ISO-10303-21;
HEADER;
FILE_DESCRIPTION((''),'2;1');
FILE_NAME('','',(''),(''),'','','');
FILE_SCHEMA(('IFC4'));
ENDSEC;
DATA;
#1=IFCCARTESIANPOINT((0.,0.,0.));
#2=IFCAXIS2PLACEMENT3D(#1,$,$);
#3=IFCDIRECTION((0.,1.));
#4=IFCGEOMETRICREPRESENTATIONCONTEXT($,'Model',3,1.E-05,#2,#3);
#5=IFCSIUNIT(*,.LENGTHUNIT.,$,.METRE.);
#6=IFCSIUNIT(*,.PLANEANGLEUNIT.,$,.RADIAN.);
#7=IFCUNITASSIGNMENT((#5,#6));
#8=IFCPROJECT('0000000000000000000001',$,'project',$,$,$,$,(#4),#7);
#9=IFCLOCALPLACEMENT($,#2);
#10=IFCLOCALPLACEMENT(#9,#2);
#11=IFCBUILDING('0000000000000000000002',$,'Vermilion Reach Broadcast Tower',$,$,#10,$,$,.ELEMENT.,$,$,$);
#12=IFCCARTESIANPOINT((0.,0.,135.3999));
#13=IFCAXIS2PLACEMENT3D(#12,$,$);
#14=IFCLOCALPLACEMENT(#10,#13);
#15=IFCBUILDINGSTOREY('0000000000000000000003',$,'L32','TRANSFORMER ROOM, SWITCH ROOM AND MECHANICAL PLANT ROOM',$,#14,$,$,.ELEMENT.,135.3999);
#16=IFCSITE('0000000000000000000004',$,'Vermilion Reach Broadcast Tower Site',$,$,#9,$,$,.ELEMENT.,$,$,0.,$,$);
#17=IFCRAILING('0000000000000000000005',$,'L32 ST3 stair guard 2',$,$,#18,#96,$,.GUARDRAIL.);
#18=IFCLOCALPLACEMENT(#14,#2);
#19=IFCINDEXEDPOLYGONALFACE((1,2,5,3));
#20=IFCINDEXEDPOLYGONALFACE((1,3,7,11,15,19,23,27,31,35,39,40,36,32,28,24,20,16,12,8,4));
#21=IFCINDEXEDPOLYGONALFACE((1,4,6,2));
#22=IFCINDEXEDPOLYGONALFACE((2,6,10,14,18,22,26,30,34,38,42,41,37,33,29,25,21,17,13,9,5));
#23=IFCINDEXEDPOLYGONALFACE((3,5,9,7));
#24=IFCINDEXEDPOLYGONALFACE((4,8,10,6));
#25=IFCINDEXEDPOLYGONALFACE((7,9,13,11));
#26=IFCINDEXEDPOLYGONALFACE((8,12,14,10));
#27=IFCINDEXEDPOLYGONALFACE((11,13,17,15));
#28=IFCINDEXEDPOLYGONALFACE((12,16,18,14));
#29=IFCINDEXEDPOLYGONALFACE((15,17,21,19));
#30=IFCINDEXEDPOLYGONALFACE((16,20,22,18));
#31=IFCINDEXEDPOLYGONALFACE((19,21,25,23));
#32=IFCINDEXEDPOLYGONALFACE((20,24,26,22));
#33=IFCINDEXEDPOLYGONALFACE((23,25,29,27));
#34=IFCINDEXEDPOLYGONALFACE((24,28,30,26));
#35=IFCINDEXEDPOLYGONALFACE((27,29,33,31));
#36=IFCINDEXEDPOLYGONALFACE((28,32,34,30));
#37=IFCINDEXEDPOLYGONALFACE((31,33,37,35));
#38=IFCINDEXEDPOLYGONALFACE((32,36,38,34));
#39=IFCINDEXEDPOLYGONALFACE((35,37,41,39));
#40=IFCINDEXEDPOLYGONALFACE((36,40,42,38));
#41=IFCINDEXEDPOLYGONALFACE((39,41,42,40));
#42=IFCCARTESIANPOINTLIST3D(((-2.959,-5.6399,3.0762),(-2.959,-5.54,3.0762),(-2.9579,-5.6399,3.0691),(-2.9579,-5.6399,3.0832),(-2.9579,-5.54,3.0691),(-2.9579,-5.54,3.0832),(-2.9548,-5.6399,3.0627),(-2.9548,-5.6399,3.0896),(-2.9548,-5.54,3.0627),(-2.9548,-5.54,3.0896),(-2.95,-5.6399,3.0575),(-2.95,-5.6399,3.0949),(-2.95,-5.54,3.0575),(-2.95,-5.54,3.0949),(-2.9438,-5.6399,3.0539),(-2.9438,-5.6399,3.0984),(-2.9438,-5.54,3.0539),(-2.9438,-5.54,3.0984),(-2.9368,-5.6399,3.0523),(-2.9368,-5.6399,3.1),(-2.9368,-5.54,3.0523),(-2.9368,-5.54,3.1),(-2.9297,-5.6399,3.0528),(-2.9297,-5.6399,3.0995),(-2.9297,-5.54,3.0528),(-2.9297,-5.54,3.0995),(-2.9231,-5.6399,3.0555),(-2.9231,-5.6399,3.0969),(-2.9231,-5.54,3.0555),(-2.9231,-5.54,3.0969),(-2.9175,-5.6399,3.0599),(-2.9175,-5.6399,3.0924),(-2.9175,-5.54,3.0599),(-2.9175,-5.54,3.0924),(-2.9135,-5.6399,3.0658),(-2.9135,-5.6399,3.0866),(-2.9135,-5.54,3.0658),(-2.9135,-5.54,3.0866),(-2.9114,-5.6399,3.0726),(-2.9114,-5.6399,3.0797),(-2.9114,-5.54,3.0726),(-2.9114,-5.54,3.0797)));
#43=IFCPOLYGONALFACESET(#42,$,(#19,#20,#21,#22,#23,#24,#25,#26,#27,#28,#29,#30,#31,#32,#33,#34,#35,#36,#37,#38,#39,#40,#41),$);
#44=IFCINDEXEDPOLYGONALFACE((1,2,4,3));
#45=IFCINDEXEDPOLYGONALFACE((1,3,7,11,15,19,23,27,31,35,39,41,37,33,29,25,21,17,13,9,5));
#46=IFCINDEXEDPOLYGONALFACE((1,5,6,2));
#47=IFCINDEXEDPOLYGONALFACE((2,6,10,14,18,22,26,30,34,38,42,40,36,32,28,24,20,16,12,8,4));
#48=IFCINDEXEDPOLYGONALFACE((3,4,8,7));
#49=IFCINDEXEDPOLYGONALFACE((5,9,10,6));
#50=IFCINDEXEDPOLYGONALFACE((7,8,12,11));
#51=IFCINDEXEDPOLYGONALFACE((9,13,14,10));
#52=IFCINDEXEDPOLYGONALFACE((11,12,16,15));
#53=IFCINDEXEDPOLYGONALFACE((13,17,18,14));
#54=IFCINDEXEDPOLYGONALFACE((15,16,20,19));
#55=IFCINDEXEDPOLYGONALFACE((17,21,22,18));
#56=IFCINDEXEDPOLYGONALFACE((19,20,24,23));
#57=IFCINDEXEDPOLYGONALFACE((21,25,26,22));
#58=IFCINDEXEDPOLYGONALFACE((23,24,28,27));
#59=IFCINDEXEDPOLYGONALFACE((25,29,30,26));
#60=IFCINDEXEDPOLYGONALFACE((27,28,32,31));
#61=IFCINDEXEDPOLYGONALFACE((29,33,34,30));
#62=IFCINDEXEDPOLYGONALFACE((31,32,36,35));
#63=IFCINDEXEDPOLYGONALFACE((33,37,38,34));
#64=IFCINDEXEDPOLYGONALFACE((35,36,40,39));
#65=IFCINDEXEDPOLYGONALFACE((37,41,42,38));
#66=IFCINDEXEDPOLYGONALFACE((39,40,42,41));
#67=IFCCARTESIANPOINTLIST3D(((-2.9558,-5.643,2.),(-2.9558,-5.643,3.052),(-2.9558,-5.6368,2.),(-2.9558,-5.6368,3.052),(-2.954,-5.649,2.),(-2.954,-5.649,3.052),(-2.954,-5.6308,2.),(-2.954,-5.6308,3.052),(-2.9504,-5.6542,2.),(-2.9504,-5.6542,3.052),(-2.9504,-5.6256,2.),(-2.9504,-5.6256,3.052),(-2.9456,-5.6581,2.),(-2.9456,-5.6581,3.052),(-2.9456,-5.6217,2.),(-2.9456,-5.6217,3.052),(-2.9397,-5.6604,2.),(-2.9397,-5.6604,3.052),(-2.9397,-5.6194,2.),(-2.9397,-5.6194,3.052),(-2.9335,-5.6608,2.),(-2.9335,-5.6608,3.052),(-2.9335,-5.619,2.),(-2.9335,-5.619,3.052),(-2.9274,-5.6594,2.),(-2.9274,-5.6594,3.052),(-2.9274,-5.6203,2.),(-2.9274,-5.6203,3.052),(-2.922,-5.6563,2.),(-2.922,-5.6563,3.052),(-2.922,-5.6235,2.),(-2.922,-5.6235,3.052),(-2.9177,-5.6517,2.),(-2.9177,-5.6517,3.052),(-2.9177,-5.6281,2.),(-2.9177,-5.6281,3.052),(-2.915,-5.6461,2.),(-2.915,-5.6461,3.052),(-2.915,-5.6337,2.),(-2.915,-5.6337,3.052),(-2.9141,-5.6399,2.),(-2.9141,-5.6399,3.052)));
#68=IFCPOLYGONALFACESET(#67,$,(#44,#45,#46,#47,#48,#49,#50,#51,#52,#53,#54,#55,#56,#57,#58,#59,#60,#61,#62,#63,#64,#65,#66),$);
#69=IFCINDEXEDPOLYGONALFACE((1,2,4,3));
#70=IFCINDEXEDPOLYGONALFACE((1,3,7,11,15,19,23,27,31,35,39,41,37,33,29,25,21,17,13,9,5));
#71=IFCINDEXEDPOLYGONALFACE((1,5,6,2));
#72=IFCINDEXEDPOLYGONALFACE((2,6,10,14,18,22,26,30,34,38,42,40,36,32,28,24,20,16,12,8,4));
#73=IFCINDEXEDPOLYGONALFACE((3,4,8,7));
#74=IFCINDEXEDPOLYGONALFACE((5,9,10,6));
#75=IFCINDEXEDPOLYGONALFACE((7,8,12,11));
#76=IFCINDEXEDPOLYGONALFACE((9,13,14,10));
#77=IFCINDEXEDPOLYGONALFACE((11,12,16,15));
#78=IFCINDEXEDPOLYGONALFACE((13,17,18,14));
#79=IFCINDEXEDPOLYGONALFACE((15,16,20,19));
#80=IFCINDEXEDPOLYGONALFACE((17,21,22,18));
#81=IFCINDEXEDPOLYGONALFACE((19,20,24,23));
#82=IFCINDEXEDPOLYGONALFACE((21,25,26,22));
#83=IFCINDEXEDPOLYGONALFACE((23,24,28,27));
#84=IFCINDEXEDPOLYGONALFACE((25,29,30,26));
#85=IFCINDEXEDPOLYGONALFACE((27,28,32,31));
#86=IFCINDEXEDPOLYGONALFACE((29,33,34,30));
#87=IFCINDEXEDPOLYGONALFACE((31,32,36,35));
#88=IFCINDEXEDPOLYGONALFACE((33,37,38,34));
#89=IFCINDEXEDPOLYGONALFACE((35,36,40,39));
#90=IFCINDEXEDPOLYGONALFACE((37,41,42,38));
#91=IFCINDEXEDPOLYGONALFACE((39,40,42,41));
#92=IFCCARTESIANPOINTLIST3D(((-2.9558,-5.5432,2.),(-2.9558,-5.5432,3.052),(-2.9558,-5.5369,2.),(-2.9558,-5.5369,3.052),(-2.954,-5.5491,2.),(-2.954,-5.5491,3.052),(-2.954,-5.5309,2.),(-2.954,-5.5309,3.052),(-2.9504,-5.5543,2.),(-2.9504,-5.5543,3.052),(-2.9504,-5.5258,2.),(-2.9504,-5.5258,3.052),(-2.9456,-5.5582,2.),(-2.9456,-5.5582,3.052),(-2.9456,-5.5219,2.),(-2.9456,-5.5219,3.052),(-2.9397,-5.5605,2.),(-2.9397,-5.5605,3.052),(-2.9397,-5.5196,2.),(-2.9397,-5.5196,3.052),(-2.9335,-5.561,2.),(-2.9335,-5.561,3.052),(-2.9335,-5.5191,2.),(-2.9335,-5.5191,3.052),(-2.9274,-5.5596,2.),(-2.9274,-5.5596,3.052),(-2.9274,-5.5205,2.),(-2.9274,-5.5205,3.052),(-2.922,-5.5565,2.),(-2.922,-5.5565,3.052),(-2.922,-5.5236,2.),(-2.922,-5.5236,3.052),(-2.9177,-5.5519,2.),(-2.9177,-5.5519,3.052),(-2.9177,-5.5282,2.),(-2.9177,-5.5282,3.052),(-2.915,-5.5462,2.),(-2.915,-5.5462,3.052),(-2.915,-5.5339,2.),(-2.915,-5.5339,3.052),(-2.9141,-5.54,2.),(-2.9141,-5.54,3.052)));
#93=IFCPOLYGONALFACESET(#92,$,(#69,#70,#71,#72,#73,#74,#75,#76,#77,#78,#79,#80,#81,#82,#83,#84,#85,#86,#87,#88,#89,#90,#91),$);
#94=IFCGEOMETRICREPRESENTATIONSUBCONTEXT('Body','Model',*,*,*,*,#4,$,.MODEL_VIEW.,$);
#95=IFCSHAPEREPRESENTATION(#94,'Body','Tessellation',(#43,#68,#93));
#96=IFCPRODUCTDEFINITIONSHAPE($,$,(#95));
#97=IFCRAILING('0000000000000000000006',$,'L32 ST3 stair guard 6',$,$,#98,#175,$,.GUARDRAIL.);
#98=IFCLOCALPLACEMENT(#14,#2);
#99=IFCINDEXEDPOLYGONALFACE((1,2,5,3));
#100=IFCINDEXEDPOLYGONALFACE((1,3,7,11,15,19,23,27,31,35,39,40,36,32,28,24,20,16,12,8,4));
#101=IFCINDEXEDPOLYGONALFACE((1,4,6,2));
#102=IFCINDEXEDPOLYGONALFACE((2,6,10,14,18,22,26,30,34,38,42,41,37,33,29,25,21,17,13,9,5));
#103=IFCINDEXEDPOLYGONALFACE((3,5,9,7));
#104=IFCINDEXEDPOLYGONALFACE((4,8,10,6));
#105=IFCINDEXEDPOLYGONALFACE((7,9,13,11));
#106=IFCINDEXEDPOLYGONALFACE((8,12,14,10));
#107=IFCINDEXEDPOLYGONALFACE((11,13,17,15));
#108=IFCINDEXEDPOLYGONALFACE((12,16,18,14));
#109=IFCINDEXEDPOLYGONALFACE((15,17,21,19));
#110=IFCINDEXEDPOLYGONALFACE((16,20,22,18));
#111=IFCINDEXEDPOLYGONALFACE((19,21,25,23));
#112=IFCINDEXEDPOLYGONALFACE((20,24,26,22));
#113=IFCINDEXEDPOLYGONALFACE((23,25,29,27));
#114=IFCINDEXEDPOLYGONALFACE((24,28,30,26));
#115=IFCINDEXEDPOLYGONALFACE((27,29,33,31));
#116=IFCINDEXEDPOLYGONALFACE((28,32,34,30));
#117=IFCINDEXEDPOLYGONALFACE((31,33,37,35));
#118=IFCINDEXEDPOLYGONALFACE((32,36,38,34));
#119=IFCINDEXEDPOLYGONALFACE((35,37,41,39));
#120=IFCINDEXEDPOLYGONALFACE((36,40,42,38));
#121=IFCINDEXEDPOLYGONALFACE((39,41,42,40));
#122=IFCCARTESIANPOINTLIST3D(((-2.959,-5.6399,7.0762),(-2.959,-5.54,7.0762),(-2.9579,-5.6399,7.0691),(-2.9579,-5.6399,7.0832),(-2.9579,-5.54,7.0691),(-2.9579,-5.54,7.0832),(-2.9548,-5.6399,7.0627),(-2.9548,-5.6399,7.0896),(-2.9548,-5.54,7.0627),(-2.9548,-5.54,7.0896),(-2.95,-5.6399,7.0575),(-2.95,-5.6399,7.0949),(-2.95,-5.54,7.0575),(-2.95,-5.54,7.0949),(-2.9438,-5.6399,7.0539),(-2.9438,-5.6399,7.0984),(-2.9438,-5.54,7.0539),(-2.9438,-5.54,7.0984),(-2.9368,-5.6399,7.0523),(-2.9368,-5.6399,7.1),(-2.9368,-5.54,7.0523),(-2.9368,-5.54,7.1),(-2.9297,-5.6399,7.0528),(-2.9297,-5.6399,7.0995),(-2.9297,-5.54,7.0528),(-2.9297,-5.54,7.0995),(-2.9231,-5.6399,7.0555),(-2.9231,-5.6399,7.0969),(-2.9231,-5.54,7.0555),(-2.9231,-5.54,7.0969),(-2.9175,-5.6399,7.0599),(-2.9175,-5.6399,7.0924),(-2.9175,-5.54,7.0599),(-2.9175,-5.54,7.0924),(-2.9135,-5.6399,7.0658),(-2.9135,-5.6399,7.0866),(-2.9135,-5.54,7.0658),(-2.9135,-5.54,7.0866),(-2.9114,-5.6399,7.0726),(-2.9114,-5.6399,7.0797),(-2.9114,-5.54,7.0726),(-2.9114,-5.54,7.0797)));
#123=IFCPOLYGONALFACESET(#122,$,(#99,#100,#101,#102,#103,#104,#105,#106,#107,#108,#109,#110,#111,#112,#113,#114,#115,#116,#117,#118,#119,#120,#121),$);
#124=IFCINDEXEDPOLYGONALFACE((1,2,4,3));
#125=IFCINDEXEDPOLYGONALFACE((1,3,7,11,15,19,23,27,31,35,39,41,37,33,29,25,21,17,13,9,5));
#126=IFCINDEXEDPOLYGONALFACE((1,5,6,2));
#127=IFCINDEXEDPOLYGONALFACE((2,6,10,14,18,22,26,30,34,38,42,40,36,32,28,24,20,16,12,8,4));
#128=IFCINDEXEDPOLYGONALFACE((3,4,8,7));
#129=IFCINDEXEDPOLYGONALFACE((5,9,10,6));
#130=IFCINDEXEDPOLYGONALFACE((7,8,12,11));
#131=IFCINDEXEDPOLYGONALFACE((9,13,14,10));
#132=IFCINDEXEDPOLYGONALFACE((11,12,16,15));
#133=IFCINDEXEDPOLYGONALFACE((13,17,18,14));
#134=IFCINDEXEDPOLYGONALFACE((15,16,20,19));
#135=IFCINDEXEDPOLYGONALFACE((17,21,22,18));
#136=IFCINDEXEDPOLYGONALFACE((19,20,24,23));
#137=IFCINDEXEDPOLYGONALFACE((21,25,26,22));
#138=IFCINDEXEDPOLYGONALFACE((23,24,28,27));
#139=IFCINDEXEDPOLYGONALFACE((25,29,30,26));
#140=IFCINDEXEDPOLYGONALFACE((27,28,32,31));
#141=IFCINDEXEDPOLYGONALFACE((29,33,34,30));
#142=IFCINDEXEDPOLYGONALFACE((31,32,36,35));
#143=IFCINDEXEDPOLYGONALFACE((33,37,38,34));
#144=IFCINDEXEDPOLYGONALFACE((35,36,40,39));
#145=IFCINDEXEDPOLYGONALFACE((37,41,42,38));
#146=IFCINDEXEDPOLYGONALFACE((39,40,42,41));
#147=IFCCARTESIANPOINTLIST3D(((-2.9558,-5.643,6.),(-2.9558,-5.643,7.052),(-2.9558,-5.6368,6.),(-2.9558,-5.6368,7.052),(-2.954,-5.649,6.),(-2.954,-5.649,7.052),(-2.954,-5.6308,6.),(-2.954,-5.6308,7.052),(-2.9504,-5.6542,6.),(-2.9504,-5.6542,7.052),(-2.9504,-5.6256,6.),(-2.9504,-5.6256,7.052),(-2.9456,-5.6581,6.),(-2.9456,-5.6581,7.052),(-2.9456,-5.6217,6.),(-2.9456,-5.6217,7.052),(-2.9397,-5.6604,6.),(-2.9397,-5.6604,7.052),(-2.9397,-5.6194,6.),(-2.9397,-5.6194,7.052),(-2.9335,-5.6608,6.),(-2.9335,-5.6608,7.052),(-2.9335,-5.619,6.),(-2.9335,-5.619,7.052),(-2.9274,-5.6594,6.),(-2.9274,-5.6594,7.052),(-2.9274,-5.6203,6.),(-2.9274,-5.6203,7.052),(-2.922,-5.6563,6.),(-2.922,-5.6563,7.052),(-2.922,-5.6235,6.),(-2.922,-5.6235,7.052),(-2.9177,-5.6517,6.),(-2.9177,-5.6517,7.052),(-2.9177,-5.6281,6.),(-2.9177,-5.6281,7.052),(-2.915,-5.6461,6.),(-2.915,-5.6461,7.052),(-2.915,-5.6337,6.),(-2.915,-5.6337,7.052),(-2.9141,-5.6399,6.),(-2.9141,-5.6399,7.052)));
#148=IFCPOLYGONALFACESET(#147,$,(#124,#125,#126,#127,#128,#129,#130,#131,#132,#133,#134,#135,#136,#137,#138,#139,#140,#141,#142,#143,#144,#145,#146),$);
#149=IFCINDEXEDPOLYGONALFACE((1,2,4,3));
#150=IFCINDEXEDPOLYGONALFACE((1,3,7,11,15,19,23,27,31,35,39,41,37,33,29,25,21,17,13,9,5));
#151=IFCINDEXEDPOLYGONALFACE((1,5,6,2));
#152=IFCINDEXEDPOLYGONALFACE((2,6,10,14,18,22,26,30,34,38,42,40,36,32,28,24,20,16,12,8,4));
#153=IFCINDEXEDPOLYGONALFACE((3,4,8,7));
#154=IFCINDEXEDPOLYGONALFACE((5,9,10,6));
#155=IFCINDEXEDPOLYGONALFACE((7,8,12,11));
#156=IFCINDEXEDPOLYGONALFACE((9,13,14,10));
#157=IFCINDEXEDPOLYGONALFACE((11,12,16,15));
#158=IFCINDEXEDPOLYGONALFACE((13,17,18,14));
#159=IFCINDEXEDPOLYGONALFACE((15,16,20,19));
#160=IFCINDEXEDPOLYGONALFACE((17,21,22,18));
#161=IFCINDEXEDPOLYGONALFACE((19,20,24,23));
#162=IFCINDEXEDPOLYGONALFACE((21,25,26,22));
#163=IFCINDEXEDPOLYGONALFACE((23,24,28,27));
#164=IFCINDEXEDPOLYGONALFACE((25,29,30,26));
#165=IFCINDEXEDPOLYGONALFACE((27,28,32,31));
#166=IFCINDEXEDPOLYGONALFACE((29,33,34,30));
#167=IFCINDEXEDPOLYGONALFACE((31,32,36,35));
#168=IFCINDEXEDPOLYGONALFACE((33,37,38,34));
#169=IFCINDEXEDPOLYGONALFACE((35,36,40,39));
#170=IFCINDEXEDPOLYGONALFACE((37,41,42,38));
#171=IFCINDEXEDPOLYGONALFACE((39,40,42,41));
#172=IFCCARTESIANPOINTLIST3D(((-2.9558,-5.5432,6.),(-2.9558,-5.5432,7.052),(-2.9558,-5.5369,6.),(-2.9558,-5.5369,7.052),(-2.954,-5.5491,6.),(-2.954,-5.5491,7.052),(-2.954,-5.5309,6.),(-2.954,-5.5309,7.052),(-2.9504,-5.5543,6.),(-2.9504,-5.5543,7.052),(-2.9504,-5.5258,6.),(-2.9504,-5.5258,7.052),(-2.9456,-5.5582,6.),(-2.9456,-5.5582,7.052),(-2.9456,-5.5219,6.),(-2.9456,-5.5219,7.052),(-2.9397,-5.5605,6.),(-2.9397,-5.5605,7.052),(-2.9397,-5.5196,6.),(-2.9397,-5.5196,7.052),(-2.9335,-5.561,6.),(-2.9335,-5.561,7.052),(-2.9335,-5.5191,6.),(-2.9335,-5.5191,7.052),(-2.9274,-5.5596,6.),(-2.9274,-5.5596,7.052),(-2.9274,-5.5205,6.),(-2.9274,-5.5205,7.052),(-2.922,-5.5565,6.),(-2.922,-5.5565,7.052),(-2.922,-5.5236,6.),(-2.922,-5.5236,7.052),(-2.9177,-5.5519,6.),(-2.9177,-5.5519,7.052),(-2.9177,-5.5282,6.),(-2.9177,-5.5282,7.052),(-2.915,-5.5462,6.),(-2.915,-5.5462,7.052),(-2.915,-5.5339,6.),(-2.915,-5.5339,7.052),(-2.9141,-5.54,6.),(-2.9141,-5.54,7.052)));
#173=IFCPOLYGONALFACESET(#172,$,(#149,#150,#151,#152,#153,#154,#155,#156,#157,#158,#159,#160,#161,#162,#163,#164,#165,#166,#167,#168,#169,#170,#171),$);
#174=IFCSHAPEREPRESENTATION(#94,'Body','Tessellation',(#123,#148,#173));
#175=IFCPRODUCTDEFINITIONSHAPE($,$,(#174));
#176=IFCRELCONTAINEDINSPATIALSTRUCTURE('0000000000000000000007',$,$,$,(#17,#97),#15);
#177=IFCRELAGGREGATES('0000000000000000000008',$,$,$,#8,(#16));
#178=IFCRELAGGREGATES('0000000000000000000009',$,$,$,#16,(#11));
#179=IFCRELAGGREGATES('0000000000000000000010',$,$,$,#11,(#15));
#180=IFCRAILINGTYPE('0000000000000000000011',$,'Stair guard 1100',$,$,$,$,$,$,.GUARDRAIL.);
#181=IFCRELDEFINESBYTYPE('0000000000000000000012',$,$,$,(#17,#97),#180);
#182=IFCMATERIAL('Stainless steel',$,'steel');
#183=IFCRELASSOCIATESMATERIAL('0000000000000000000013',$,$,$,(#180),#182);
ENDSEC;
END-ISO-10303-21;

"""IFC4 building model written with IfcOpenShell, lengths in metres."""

from ifc_helpers import new_model, si_unit, direction, frame, origin, origin_2d, place, context, subcontext, project, spatial, circle, extrude, material, type_object, element, save


model = new_model("IFC4")

# Units and contexts
model_context = context("Model", 3, precision=1e-05, world=origin(), true_north=direction((0.0, 1.0)))
body_context = subcontext(model_context, "Body", "Model", "MODEL_VIEW")
ifc_project = project(units=[si_unit("LENGTHUNIT", "METRE"), si_unit("PLANEANGLEUNIT", "RADIAN")], contexts=[model_context])

# Site, building, storey
site_placement = place(None, origin())
site = spatial("IfcSite", under=ifc_project, at=site_placement, Name="Vermilion Reach Broadcast Tower Site", CompositionType="ELEMENT", RefElevation=0.0)
building_placement = place(site_placement, origin())
building = spatial("IfcBuilding", under=site, at=building_placement, Name="Vermilion Reach Broadcast Tower", CompositionType="ELEMENT")
storey_placement = place(building_placement, frame((0.0, 0.0, 135.3999)))
storey = spatial("IfcBuildingStorey", under=building, at=storey_placement, Name="L32", Description="TRANSFORMER ROOM, SWITCH ROOM AND MECHANICAL PLANT ROOM", CompositionType="ELEMENT", Elevation=135.3999)

# Railings
ifc_material_1 = material(Name="Stainless steel", Category="steel")
railing_type_1 = type_object("IfcRailingType", Name="Stair guard 1100", PredefinedType="GUARDRAIL", material=ifc_material_1)
for number, where, name in (
    (1, (-2.9351, -5.6399, 2.0), "L32 ST3 stair guard 2"),
    (2, (-2.9351, -5.6399, 6.0), "L32 ST3 stair guard 6"),
):
    element("IfcRailing", number, at=place(storey_placement, frame(where)), inside=storey, type_object=railing_type_1, Name=name, PredefinedType="GUARDRAIL", context=body_context, shape_type="SweptSolid", body=[
        extrude(circle(Radius=0.0239, at=origin_2d()), frame((0.0, 0.0, 1.0762), z_axis=(0.0, 1.0, 0.0), x_axis=(-1.0, 0.0, 0.0)), (0.0, 0.0, 1.0), 0.0999),
        extrude(circle(Radius=0.021, at=origin_2d()), origin(), (0.0, 0.0, 1.0), 1.052),
        extrude(circle(Radius=0.021, at=origin_2d()), frame((0.0, 0.0999, 0.0)), (0.0, 0.0, 1.0), 1.052),
    ])

save(model, "model.ifc")
